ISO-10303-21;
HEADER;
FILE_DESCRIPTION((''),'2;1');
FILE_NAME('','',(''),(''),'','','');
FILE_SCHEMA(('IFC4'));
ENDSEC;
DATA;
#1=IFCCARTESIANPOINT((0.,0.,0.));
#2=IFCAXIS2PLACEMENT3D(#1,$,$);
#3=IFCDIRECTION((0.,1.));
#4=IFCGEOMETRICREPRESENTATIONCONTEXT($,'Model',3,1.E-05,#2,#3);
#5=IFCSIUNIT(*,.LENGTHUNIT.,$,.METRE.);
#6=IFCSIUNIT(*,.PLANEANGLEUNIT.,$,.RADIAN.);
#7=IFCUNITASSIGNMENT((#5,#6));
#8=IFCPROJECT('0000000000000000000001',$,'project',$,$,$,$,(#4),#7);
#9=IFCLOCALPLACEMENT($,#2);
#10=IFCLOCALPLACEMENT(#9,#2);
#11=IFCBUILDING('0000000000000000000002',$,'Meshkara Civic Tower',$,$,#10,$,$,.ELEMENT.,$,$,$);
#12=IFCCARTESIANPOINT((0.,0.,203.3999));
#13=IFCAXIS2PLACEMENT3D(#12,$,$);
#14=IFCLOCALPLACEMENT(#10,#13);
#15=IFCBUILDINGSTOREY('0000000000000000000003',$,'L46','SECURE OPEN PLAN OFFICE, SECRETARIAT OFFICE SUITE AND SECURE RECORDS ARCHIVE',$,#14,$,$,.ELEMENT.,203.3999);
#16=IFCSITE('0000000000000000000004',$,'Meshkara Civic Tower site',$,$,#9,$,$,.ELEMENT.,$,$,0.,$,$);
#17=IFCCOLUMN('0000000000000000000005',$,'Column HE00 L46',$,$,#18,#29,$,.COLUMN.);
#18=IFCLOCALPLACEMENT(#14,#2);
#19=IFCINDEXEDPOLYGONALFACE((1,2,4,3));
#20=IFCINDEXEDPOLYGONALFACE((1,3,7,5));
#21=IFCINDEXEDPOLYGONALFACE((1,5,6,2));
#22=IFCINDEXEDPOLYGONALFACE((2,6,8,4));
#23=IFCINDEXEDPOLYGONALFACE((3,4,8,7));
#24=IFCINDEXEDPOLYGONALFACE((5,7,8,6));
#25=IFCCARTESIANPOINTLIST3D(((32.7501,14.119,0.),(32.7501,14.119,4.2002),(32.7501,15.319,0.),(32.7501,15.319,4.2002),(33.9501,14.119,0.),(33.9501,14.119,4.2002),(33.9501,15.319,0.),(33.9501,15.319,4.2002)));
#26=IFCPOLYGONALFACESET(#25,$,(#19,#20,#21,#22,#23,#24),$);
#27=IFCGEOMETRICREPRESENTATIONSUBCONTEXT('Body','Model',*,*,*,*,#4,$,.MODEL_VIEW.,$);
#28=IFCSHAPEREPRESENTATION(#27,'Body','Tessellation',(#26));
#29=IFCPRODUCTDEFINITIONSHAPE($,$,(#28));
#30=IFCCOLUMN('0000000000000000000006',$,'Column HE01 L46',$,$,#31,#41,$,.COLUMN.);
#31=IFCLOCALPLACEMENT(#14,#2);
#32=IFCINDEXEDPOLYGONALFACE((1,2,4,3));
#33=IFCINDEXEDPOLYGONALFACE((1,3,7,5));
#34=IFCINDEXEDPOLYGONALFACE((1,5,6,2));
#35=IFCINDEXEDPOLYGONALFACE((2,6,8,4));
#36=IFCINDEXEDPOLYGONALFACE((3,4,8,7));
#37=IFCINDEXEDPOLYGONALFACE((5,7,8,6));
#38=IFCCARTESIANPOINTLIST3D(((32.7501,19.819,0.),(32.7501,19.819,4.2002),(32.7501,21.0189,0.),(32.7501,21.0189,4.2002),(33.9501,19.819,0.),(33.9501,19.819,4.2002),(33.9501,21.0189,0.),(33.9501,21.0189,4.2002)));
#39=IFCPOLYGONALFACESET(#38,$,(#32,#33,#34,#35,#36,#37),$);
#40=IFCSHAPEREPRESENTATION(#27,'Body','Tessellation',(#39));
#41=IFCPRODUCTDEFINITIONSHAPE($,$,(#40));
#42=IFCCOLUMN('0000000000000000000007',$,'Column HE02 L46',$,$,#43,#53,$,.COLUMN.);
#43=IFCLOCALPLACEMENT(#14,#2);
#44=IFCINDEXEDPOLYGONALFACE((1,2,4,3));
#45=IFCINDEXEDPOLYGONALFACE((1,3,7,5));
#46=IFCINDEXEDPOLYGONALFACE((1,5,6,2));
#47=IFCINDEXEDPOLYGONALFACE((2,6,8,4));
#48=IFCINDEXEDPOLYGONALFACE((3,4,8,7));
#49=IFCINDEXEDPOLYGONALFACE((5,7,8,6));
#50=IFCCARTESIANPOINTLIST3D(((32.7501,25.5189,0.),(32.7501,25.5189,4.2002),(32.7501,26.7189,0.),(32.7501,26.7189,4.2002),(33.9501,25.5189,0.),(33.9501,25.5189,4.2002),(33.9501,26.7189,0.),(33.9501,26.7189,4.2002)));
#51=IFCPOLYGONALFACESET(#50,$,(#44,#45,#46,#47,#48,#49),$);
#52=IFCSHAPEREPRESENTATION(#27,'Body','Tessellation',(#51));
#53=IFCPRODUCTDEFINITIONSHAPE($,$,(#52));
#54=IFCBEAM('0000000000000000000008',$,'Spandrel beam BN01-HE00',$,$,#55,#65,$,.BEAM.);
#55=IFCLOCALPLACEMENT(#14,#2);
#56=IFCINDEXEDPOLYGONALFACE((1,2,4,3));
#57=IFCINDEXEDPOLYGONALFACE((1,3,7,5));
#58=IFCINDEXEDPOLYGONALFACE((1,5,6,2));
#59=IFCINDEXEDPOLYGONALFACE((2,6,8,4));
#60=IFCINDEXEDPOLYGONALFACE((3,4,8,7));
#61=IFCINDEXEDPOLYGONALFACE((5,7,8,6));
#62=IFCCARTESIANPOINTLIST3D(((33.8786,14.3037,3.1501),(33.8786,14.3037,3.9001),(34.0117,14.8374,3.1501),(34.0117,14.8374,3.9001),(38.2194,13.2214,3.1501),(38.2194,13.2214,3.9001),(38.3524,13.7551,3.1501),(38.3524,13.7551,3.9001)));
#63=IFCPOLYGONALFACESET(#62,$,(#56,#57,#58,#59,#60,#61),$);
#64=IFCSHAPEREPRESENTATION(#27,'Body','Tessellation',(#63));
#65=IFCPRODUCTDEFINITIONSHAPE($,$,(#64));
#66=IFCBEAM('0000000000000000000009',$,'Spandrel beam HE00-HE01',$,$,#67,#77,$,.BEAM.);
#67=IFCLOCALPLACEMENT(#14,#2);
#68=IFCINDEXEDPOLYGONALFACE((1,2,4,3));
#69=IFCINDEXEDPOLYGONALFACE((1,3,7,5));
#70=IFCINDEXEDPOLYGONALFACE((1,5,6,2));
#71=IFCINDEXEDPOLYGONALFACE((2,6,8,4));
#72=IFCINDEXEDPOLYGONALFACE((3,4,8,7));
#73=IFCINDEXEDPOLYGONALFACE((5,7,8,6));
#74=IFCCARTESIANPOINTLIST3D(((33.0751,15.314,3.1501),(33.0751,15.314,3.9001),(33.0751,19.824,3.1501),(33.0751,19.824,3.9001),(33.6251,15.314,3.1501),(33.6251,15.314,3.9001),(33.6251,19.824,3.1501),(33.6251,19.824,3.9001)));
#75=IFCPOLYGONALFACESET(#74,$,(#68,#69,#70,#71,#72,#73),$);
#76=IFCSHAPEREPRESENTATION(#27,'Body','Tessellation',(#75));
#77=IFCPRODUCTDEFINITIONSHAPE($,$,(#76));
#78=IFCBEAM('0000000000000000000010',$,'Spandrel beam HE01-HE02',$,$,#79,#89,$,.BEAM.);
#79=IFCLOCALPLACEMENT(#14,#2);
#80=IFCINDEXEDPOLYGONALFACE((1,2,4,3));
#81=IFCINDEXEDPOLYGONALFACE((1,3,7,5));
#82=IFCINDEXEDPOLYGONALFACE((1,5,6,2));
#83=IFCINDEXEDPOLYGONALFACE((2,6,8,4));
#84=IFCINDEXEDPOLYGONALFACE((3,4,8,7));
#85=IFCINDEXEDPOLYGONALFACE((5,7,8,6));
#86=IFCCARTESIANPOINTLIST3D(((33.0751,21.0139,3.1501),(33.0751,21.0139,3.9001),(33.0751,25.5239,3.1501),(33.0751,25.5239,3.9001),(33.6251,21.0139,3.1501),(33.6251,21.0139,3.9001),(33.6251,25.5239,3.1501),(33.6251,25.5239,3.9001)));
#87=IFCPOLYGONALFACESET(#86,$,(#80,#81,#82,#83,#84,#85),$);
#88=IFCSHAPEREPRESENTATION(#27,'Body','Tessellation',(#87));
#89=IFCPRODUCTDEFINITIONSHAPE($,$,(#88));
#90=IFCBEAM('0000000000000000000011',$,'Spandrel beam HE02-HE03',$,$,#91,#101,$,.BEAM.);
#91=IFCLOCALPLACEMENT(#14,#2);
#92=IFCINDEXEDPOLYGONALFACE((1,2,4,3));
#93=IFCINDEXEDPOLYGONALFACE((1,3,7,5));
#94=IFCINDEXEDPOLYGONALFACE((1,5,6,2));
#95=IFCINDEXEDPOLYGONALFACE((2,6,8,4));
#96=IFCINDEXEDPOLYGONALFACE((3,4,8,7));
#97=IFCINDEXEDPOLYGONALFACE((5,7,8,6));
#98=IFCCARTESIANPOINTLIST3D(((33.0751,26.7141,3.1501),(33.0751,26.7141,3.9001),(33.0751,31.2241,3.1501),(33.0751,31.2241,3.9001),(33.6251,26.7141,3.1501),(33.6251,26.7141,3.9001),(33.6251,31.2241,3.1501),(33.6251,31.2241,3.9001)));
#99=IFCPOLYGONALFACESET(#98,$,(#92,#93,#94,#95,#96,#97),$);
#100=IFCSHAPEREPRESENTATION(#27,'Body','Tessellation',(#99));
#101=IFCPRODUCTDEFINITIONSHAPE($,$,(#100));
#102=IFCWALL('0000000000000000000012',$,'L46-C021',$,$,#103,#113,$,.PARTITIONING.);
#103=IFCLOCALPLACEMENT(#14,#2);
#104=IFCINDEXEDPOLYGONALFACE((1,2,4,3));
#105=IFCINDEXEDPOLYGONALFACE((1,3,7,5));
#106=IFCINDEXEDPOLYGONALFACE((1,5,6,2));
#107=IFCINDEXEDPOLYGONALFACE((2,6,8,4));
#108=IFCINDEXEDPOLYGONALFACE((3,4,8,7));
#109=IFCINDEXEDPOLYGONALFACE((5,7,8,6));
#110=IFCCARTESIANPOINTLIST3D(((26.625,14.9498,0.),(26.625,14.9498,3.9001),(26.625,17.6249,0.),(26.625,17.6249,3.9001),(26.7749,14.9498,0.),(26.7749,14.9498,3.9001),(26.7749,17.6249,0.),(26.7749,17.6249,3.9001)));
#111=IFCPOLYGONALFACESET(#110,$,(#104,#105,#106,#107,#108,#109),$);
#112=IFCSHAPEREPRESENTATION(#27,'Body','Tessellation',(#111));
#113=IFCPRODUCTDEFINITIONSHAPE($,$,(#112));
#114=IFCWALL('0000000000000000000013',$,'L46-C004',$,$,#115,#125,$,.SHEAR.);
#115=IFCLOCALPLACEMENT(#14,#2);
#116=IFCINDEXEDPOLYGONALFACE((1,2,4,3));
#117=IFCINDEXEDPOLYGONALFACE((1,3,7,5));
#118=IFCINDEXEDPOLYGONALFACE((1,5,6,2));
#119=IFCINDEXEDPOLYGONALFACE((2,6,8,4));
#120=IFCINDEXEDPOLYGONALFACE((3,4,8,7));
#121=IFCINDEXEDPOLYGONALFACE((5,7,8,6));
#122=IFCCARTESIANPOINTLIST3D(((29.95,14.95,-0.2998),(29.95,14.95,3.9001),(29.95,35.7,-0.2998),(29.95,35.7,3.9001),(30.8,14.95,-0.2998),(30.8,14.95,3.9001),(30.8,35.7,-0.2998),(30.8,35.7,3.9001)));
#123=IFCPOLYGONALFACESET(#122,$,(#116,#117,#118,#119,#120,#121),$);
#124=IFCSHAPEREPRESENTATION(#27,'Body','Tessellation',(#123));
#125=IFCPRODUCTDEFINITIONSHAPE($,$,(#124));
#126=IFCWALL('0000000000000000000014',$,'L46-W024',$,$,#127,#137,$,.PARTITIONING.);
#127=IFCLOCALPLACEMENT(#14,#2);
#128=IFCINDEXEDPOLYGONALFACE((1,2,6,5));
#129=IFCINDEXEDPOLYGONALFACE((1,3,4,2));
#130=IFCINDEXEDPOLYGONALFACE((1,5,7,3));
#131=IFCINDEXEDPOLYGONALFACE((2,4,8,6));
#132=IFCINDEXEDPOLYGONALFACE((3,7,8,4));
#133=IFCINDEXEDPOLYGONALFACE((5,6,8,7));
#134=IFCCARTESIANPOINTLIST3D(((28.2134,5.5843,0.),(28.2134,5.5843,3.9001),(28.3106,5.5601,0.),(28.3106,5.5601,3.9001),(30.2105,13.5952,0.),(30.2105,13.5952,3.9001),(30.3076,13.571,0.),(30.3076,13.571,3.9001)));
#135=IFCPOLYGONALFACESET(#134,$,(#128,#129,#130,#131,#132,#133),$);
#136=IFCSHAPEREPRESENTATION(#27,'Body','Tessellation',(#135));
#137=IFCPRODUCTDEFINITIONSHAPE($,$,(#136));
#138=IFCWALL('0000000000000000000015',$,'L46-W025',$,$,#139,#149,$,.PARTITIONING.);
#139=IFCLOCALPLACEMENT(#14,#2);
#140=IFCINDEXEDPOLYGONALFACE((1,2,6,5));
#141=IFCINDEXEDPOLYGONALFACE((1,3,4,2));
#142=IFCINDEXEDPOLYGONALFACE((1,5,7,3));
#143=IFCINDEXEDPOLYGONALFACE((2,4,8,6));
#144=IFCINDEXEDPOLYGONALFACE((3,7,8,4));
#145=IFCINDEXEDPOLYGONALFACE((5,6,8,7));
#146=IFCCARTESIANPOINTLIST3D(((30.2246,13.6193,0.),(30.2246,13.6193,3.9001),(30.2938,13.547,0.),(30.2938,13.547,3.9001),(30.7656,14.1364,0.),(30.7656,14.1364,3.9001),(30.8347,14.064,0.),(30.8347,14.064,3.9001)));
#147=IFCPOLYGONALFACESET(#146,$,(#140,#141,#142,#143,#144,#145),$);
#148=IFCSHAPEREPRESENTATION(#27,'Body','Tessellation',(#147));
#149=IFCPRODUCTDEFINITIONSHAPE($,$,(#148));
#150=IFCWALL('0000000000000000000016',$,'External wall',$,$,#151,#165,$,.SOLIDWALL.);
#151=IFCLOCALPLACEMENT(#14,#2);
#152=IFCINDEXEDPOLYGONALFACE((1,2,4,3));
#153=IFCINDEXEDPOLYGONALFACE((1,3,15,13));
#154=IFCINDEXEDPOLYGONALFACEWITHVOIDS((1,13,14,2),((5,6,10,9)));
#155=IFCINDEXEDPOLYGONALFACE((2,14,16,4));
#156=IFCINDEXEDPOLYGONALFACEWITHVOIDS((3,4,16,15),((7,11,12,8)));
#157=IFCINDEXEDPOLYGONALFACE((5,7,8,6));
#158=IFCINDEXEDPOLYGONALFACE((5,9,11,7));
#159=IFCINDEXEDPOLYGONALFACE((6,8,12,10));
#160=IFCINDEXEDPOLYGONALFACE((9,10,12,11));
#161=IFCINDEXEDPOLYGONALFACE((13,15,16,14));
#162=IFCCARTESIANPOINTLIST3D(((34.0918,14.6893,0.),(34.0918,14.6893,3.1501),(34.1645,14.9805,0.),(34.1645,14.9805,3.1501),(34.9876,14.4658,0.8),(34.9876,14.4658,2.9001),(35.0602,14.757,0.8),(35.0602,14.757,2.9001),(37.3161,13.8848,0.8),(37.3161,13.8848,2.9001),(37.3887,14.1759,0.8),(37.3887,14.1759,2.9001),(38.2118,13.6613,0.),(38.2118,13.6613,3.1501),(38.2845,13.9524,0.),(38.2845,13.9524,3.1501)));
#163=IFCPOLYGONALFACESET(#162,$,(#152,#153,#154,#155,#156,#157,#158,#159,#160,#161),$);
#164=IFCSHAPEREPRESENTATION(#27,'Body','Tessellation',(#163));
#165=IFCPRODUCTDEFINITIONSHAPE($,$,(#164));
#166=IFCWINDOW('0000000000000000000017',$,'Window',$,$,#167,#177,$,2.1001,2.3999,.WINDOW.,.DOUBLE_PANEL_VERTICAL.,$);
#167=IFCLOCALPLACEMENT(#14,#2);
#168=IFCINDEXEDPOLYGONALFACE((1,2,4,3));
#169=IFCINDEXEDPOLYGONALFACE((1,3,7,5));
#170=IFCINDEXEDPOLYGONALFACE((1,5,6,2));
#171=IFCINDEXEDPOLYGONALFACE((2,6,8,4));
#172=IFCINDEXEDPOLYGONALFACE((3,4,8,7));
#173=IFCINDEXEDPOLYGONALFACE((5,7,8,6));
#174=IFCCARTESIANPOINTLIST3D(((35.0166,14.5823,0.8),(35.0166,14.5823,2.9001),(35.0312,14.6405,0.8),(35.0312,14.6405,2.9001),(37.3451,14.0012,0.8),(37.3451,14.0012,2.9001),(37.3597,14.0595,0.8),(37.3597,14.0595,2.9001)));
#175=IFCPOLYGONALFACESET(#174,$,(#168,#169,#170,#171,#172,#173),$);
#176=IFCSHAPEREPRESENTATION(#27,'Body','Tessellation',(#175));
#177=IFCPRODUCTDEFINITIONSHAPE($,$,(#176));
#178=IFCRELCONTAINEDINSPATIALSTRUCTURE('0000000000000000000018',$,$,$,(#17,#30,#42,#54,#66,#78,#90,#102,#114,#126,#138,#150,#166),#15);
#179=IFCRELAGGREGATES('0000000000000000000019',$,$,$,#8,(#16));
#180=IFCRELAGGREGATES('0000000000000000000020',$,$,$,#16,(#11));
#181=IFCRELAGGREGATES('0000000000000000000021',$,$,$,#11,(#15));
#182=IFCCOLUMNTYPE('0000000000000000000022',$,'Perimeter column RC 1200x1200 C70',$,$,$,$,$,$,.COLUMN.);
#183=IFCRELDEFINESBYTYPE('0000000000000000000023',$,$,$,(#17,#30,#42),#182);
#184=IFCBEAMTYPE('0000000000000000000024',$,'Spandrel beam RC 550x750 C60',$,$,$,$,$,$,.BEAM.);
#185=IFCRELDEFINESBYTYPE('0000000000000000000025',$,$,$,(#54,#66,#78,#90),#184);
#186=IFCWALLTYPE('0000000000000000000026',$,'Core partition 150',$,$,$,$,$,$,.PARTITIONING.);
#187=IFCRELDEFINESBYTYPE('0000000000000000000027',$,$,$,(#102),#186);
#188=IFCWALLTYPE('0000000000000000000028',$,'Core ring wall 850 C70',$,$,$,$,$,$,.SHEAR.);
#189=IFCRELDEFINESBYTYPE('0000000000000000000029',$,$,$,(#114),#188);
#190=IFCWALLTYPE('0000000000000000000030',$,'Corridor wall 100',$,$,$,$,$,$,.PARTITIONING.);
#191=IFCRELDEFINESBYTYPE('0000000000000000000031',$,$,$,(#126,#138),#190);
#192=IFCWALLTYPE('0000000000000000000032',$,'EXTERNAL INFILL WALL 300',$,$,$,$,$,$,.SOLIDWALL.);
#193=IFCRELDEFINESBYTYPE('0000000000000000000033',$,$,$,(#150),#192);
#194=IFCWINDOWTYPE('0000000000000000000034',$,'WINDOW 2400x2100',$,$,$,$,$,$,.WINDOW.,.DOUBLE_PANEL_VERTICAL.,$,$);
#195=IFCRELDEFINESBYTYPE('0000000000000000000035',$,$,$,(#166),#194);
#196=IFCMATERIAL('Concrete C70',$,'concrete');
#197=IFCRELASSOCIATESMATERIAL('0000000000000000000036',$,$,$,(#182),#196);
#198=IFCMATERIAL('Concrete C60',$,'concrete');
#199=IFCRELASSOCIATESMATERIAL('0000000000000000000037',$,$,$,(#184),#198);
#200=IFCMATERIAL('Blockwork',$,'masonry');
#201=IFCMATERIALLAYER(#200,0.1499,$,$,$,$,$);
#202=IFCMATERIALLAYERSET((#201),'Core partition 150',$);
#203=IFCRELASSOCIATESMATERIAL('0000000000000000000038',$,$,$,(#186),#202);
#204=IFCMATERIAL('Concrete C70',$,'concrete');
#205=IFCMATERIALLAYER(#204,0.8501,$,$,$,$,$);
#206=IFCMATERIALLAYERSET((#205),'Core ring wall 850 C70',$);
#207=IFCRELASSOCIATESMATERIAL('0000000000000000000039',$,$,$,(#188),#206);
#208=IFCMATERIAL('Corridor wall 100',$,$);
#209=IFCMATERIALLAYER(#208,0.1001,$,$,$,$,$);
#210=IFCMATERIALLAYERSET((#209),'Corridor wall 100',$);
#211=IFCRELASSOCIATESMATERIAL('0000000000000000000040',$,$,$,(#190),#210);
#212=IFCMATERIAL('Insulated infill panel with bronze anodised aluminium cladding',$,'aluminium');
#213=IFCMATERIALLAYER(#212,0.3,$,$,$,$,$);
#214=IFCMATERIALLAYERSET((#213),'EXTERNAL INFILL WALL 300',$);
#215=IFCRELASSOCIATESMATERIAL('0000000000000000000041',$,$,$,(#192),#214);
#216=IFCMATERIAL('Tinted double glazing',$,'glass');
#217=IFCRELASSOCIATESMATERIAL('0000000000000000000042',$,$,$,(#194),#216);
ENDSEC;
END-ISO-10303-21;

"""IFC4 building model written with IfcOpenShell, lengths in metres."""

from ifc_helpers import new_model, si_unit, direction, frame, frame_2d, origin, origin_2d, place, context, subcontext, project, spatial, rectangle, extrude, material, layer, layer_set, material_profile, profile_set, type_object, element, fill, save


model = new_model("IFC4")

# Units and contexts
model_context = context("Model", 3, precision=1e-05, world=origin(), true_north=direction((0.0, 1.0)))
body_context = subcontext(model_context, "Body", "Model", "MODEL_VIEW")
ifc_project = project(units=[si_unit("LENGTHUNIT", "METRE"), si_unit("PLANEANGLEUNIT", "RADIAN")], contexts=[model_context])

# Site, building, storey
site_placement = place(None, origin())
site = spatial("IfcSite", under=ifc_project, at=site_placement, Name="Meshkara Civic Tower site", CompositionType="ELEMENT", RefElevation=0.0)
building_placement = place(site_placement, origin())
building = spatial("IfcBuilding", under=site, at=building_placement, Name="Meshkara Civic Tower", CompositionType="ELEMENT")
storey_placement = place(building_placement, frame((0.0, 0.0, 203.3999)))
storey = spatial("IfcBuildingStorey", under=building, at=storey_placement, Name="L46", Description="SECURE OPEN PLAN OFFICE, SECRETARIAT OFFICE SUITE AND SECURE RECORDS ARCHIVE", CompositionType="ELEMENT", Elevation=203.3999)

# Columns
ifc_material_1 = material(Name="Concrete C70", Category="concrete")
ifc_material_profile_1 = material_profile(ifc_material_1, rectangle(XDim=1.2, YDim=1.2, at=origin_2d()))
ifc_profile_set_1 = profile_set([ifc_material_profile_1], Name="Concrete C70")
column_type = type_object("IfcColumnType", Name="Perimeter column RC 1200x1200 C70", PredefinedType="COLUMN", material=ifc_profile_set_1)
for number, where, z_axis, x_axis, name in (
    (1, (33.3501, 14.719, 0.0), (0.0, 0.0, 1.0), (1.0, 0.0, 0.0), "Column HE00 L46"),
    (2, (33.3501, 20.4189, 0.0), (0.0, 0.0, 1.0), (1.0, 0.0, 0.0), "Column HE01 L46"),
    (3, (33.3501, 26.1189, 0.0), (0.0, 0.0, 1.0), (1.0, 0.0, 0.0), "Column HE02 L46"),
):
    element("IfcColumn", number, at=place(storey_placement, frame(where, z_axis=z_axis, x_axis=x_axis)), inside=storey, type_object=column_type, Name=name, PredefinedType="COLUMN", context=body_context, shape_type="SweptSolid", body=[
        extrude(rectangle(XDim=1.2, YDim=1.2, at=origin_2d()), origin(), (0.0, 0.0, 1.0), 4.2002),
    ])

# Beams
ifc_material_2 = material(Name="Concrete C60", Category="concrete")
ifc_material_profile_2 = material_profile(ifc_material_2, rectangle(XDim=0.55, YDim=0.75, at=origin_2d()))
ifc_profile_set_2 = profile_set([ifc_material_profile_2], Name="Concrete C60")
beam_type = type_object("IfcBeamType", Name="Spandrel beam RC 550x750 C60", PredefinedType="BEAM", material=ifc_profile_set_2)
beam_placement = place(storey_placement, frame((38.2859, 13.4883, 3.5251), z_axis=(-0.970296, 0.241919, 0.0), x_axis=(-0.241919, -0.970296, 0.0)))
element("IfcBeam", 4, at=beam_placement, inside=storey, type_object=beam_type, Name="Spandrel beam BN01-HE00", PredefinedType="BEAM", context=body_context, shape_type="SweptSolid", body=[
    extrude(rectangle(XDim=0.55, YDim=0.75, at=origin_2d()), origin(), (0.0, 0.0, 1.0), 4.4736),
])
for number, where, z_axis, x_axis, name in (
    (5, (33.3501, 15.314, 3.5251), (0.0, 1.0, 0.0), (-1.0, 0.0, 0.0), "Spandrel beam HE00-HE01"),
    (6, (33.3501, 21.0139, 3.5251), (0.0, 1.0, 0.0), (-1.0, 0.0, 0.0), "Spandrel beam HE01-HE02"),
    (7, (33.3501, 26.7141, 3.5251), (0.0, 1.0, 0.0), (-1.0, 0.0, 0.0), "Spandrel beam HE02-HE03"),
):
    element("IfcBeam", number, at=place(storey_placement, frame(where, z_axis=z_axis, x_axis=x_axis)), inside=storey, type_object=beam_type, Name=name, PredefinedType="BEAM", context=body_context, shape_type="SweptSolid", body=[
        extrude(rectangle(XDim=0.55, YDim=0.75, at=origin_2d()), origin(), (0.0, 0.0, 1.0), 4.51),
    ])

# Walls
ifc_material_3 = material(Name="Blockwork", Category="masonry")
ifc_layer_1 = layer(ifc_material_3, 0.1499)
ifc_layer_set_1 = layer_set([ifc_layer_1], Name="Core partition 150")
wall_type_1 = type_object("IfcWallType", Name="Core partition 150", PredefinedType="PARTITIONING", material=ifc_layer_set_1)
wall_1_placement = place(storey_placement, frame((26.7, 14.95, 0.0), z_axis=(0.0, 0.0, 1.0), x_axis=(0.0, 1.0, 0.0)))
element("IfcWall", 8, at=wall_1_placement, inside=storey, type_object=wall_type_1, Name="L46-C021", PredefinedType="PARTITIONING", context=body_context, shape_type="SweptSolid", body=[
    extrude(rectangle(XDim=2.675, YDim=0.1499, at=frame_2d((1.3374, 0.0))), origin(), (0.0, 0.0, 1.0), 3.9001),
])
ifc_material_4 = material(Name="Concrete C70", Category="concrete")
ifc_layer_2 = layer(ifc_material_4, 0.8501)
ifc_layer_set_2 = layer_set([ifc_layer_2], Name="Core ring wall 850 C70")
wall_type_2 = type_object("IfcWallType", Name="Core ring wall 850 C70", PredefinedType="SHEAR", material=ifc_layer_set_2)
wall_2_placement = place(storey_placement, frame((30.375, 14.95, -0.2998), z_axis=(0.0, 0.0, 1.0), x_axis=(0.0, 1.0, 0.0)))
element("IfcWall", 9, at=wall_2_placement, inside=storey, type_object=wall_type_2, Name="L46-C004", PredefinedType="SHEAR", context=body_context, shape_type="SweptSolid", body=[
    extrude(rectangle(XDim=20.75, YDim=0.8501, at=frame_2d((10.375, 0.0))), origin(), (0.0, 0.0, 1.0), 4.2),
])
ifc_material_5 = material(Name="Corridor wall 100")
ifc_layer_3 = layer(ifc_material_5, 0.1001)
ifc_layer_set_3 = layer_set([ifc_layer_3], Name="Corridor wall 100")
wall_type_3 = type_object("IfcWallType", Name="Corridor wall 100", PredefinedType="PARTITIONING", material=ifc_layer_set_3)
wall_3_placement = place(storey_placement, frame((30.259, 13.583, 0.0), z_axis=(0.0, 0.0, 1.0), x_axis=(-0.241888, -0.970304, 0.0)))
element("IfcWall", 10, at=wall_3_placement, inside=storey, type_object=wall_type_3, Name="L46-W024", PredefinedType="PARTITIONING", context=body_context, shape_type="SweptSolid", body=[
    extrude(rectangle(XDim=8.2561, YDim=0.1001, at=frame_2d((4.1279, 0.0))), origin(), (0.0, 0.0, 1.0), 3.9001),
])
wall_4_placement = place(storey_placement, frame((30.8, 14.1001, 0.0), z_axis=(0.0, 0.0, 1.0), x_axis=(-0.722911, -0.690941, 0.0)))
element("IfcWall", 11, at=wall_4_placement, inside=storey, type_object=wall_type_3, Name="L46-W025", PredefinedType="PARTITIONING", context=body_context, shape_type="SweptSolid", body=[
    extrude(rectangle(XDim=0.7483, YDim=0.1001, at=frame_2d((0.374, 0.0))), origin(), (0.0, 0.0, 1.0), 3.9001),
])

# Wall, opening, window
ifc_material_6 = material(Name="Insulated infill panel with bronze anodised aluminium cladding", Category="aluminium")
ifc_layer_4 = layer(ifc_material_6, 0.3)
ifc_layer_set_4 = layer_set([ifc_layer_4], Name="EXTERNAL INFILL WALL 300")
wall_type_4 = type_object("IfcWallType", Name="EXTERNAL INFILL WALL 300", PredefinedType="SOLIDWALL", material=ifc_layer_set_4)
wall_5_placement = place(storey_placement, frame((38.248, 13.8069, 0.0), z_axis=(0.0, 0.0, 1.0), x_axis=(-0.970251, 0.242103, 0.0)))
wall_5 = element("IfcWall", 12, at=wall_5_placement, inside=storey, type_object=wall_type_4, Name="External wall", PredefinedType="SOLIDWALL", context=body_context, shape_type="SweptSolid", body=[
    extrude(rectangle(XDim=4.2463, YDim=0.3, at=frame_2d((2.123, 0.0))), origin(), (0.0, 0.0, 1.0), 3.1501),
])
opening_1_placement = place(wall_5_placement, frame((0.9231, 0.0, 0.8)))
opening_1 = element("IfcOpeningElement", 13, at=opening_1_placement, cuts=wall_5, PredefinedType="OPENING", context=body_context, shape_type="SweptSolid", body=[
    extrude(rectangle(XDim=2.3999, YDim=2.1001, at=frame_2d((1.2, 1.05))), frame((0.0, 0.1599, 0.0), z_axis=(0.0, -1.0, 0.0), x_axis=(1.0, 0.0, 0.0)), (0.0, 0.0, 1.0), 0.3201),
])
ifc_material_7 = material(Name="Tinted double glazing", Category="glass")
window_type = type_object("IfcWindowType", Name="WINDOW 2400x2100", PartitioningType="DOUBLE_PANEL_VERTICAL", PredefinedType="WINDOW", material=ifc_material_7)
window_1_placement = place(opening_1_placement, origin())
window_1 = element("IfcWindow", 14, at=window_1_placement, inside=storey, type_object=window_type, Name="Window", OverallHeight=2.1001, OverallWidth=2.3999, PartitioningType="DOUBLE_PANEL_VERTICAL", PredefinedType="WINDOW", context=body_context, shape_type="SweptSolid", body=[
    extrude(rectangle(XDim=2.3999, YDim=2.1001, at=frame_2d((1.2, 1.05))), frame((0.0, 0.03, 0.0), z_axis=(0.0, -1.0, 0.0), x_axis=(1.0, 0.0, 0.0)), (0.0, 0.0, 1.0), 0.0601),
])
fill(opening_1, window_1)

save(model, "model.ifc")
